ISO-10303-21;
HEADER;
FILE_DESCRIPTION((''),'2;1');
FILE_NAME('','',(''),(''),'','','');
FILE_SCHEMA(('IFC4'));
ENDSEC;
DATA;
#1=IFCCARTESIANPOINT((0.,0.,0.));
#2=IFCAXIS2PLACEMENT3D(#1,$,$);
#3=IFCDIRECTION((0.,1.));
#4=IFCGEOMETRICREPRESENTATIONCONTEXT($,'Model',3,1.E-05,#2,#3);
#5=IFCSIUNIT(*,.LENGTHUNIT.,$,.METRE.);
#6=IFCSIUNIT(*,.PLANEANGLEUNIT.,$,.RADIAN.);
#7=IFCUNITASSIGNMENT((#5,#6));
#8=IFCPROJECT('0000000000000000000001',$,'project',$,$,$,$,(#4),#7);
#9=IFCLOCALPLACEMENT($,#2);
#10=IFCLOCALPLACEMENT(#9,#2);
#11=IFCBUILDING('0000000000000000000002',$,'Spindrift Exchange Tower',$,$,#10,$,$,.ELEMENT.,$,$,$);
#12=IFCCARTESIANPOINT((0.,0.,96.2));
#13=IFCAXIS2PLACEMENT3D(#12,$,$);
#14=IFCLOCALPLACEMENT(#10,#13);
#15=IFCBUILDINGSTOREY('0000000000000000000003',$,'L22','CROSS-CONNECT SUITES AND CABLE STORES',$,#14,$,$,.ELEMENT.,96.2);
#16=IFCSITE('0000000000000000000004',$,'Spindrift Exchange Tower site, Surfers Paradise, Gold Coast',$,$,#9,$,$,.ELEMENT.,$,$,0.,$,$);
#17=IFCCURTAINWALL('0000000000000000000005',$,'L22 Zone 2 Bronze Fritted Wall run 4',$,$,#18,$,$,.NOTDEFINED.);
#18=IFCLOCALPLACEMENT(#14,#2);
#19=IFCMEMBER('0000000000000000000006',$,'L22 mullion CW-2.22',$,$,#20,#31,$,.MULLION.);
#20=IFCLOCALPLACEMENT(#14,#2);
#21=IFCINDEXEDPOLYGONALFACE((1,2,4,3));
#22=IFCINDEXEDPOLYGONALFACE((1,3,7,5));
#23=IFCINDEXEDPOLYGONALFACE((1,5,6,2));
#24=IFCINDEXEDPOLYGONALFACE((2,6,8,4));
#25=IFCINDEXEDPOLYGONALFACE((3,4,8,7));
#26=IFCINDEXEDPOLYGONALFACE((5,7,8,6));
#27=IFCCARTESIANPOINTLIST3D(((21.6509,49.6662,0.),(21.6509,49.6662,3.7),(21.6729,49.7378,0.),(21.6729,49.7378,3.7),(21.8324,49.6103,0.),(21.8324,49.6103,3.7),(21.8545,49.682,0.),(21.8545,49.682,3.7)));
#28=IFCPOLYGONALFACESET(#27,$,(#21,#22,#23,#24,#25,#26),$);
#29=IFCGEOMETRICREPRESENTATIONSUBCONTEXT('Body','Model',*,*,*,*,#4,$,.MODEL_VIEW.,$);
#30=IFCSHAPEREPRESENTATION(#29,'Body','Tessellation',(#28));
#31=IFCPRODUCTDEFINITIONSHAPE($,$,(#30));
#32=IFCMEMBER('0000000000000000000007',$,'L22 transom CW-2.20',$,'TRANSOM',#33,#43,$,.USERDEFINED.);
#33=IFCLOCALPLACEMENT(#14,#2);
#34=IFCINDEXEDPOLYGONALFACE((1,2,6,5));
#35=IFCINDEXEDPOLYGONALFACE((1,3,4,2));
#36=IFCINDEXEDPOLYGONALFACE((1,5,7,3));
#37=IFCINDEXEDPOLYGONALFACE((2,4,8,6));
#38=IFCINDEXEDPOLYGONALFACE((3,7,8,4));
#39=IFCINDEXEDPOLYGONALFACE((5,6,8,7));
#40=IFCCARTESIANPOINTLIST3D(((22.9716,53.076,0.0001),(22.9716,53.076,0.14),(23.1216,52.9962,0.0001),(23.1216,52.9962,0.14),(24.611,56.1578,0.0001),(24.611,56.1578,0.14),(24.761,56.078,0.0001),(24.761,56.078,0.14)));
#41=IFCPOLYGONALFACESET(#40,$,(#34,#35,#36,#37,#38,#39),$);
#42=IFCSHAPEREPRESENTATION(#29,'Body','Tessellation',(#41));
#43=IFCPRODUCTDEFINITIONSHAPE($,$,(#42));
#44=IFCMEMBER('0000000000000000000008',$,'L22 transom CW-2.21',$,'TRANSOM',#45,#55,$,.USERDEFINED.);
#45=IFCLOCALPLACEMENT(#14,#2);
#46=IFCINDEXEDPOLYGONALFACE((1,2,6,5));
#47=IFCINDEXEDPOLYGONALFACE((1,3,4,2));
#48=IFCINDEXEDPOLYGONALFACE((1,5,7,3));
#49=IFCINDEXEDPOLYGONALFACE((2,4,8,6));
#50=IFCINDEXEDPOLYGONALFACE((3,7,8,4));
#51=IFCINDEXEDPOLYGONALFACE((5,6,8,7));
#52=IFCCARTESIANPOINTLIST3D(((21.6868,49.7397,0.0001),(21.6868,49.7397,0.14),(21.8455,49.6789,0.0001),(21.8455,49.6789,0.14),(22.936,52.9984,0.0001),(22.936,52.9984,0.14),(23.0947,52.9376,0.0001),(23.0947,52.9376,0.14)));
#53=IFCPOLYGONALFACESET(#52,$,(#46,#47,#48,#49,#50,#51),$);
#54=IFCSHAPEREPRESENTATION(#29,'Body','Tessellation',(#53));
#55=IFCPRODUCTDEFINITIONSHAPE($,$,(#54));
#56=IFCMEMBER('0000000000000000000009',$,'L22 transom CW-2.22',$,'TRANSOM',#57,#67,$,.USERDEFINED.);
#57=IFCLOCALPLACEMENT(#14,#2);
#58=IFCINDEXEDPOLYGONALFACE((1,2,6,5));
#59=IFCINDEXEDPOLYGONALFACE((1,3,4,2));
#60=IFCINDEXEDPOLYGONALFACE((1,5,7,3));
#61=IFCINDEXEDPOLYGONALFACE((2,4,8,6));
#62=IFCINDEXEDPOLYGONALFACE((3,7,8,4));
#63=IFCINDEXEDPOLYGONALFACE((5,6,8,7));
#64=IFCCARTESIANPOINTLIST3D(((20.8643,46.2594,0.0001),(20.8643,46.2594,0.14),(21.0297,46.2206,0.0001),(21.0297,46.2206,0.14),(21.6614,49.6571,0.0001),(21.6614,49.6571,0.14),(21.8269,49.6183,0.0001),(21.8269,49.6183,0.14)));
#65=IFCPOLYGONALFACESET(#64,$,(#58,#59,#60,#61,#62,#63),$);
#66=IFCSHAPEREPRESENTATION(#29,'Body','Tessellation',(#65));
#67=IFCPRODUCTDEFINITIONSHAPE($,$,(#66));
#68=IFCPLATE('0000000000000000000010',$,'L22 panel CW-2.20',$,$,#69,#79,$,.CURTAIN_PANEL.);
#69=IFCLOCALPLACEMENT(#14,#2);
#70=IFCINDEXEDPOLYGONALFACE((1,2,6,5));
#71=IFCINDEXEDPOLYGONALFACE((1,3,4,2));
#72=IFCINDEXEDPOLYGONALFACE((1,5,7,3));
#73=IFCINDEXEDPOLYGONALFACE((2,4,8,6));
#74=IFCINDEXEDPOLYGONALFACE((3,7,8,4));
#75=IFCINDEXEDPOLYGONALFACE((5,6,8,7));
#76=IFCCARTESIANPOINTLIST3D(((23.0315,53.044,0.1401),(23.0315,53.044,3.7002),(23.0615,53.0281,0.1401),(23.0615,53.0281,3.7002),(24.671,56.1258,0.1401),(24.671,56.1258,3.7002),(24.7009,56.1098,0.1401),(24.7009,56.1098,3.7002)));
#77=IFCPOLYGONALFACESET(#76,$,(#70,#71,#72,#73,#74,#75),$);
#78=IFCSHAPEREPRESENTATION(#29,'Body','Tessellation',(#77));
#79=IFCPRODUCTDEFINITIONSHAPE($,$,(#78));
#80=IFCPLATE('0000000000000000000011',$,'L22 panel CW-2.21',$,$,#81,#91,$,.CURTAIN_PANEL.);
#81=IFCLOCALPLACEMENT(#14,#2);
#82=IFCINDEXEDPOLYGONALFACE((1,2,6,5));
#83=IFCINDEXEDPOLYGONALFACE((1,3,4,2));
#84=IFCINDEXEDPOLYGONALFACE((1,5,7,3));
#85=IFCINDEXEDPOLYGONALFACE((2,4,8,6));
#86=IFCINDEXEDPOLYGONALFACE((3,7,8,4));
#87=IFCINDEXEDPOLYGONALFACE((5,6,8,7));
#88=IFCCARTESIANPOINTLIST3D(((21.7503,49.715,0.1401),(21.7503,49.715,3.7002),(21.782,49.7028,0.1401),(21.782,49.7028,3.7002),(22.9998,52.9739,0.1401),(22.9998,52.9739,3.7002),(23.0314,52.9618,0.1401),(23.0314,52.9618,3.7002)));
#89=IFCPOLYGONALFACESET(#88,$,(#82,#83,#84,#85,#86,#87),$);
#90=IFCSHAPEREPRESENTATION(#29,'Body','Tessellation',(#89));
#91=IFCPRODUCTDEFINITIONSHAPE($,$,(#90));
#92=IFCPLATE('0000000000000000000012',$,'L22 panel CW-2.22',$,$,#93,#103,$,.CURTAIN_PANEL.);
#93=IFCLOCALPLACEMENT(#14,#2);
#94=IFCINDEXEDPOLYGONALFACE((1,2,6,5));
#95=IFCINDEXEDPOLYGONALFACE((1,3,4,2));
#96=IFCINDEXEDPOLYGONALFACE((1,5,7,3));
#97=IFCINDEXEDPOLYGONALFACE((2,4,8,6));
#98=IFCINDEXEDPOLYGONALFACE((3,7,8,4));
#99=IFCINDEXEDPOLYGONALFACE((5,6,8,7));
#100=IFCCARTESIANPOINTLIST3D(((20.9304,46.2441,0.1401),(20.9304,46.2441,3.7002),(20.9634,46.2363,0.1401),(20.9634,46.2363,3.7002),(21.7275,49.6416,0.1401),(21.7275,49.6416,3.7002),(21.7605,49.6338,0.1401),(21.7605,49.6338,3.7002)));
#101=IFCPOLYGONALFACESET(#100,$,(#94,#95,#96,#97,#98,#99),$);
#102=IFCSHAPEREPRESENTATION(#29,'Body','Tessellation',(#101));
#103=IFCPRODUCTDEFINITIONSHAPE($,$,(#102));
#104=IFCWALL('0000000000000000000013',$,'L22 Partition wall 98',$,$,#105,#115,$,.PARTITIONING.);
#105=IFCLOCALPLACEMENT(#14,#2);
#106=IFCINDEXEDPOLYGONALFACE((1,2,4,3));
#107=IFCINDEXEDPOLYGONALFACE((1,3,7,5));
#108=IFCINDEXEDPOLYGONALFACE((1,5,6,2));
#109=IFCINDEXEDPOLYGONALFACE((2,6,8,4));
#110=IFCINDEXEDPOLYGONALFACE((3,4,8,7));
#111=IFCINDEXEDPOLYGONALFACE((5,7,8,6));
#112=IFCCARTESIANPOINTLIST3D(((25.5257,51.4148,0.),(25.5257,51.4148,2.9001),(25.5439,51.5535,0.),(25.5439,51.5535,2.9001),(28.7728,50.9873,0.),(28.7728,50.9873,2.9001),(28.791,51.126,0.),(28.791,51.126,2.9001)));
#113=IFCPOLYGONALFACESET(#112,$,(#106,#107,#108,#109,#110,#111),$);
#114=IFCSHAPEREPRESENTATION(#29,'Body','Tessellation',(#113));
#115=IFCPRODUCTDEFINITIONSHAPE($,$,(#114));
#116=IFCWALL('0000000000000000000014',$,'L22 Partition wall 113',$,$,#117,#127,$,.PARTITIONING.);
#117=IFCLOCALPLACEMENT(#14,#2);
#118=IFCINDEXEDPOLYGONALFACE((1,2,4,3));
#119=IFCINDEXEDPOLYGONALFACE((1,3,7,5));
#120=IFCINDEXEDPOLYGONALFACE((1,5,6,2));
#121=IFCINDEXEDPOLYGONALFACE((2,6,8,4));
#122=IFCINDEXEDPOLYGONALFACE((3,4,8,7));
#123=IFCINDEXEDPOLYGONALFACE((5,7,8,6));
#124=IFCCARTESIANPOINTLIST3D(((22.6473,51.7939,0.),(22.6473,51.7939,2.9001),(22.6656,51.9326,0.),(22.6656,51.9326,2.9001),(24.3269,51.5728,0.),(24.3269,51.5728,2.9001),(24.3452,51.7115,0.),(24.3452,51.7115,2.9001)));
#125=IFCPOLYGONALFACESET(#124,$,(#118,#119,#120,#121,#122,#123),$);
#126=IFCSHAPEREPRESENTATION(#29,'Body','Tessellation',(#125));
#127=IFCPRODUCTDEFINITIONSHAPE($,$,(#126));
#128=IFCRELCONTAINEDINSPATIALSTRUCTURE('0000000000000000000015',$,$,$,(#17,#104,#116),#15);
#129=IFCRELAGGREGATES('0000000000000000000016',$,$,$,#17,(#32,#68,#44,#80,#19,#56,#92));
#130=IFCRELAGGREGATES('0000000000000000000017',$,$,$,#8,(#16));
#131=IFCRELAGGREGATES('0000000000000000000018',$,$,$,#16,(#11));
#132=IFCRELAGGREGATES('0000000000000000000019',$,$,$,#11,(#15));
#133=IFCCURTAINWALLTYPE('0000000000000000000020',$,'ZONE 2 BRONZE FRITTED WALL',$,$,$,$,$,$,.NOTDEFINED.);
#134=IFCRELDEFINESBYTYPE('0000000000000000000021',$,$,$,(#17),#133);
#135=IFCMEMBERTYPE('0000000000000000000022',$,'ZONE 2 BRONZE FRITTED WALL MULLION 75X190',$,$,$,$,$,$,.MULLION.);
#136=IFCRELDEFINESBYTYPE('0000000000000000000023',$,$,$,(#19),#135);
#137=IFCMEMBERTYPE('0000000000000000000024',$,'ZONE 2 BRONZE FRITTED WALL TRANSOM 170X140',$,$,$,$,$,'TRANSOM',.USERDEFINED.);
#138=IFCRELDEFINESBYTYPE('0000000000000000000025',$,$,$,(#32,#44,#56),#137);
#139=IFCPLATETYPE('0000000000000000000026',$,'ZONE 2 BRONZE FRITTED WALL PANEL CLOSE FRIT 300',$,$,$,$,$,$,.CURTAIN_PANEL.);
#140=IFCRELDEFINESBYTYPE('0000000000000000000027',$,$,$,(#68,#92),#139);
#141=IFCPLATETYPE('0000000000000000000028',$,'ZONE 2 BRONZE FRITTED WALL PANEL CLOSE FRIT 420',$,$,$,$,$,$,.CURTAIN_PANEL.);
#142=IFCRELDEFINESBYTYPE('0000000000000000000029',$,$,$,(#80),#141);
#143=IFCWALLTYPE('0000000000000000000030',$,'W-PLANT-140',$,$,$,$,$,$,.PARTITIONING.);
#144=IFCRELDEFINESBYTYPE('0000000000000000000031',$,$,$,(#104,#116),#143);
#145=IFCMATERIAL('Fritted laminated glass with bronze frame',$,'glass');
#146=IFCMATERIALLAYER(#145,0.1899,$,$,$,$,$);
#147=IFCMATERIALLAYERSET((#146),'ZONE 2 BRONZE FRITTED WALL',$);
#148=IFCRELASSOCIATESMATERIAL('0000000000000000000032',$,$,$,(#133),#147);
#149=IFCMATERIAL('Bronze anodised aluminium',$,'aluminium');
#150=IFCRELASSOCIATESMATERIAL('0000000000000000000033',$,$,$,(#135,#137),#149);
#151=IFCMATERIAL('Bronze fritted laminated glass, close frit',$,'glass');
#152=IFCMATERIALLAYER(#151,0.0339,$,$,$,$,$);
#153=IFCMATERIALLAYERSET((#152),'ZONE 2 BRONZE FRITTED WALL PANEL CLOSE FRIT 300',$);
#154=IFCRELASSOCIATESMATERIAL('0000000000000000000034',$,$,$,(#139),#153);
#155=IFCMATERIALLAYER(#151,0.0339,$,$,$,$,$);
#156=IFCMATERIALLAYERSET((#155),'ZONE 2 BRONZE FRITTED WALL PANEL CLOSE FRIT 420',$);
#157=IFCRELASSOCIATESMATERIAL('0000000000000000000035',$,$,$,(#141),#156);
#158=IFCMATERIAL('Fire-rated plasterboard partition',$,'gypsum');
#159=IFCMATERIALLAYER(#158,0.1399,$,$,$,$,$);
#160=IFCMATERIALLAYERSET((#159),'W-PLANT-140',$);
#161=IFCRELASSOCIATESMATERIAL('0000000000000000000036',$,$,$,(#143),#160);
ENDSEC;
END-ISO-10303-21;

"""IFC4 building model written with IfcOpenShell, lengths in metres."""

from ifc_helpers import new_model, si_unit, direction, frame, frame_2d, origin, origin_2d, place, context, subcontext, project, spatial, rectangle, extrude, source, transform, mapped, material, layer, layer_set, material_profile, profile_set, type_object, element, aggregate, save


model = new_model("IFC4")

# Units and contexts
model_context = context("Model", 3, precision=1e-05, world=origin(), true_north=direction((0.0, 1.0)))
body_context = subcontext(model_context, "Body", "Model", "MODEL_VIEW")
ifc_project = project(units=[si_unit("LENGTHUNIT", "METRE"), si_unit("PLANEANGLEUNIT", "RADIAN")], contexts=[model_context])

# Site, building, storey
site_placement = place(None, origin())
site = spatial("IfcSite", under=ifc_project, at=site_placement, Name="Spindrift Exchange Tower site, Surfers Paradise, Gold Coast", CompositionType="ELEMENT", RefElevation=0.0)
building_placement = place(site_placement, origin())
building = spatial("IfcBuilding", under=site, at=building_placement, Name="Spindrift Exchange Tower", CompositionType="ELEMENT")
storey_placement = place(building_placement, frame((0.0, 0.0, 96.2)))
storey = spatial("IfcBuildingStorey", under=building, at=storey_placement, Name="L22", Description="CROSS-CONNECT SUITES AND CABLE STORES", CompositionType="ELEMENT", Elevation=96.2)

# Curtain wall, members, plates
ifc_material_1 = material(Name="Fritted laminated glass with bronze frame", Category="glass")
ifc_layer_1 = layer(ifc_material_1, 0.1899)
ifc_layer_set_1 = layer_set([ifc_layer_1], Name="ZONE 2 BRONZE FRITTED WALL")
curtain_wall_type = type_object("IfcCurtainWallType", Name="ZONE 2 BRONZE FRITTED WALL", PredefinedType="NOTDEFINED", material=ifc_layer_set_1)
curtain_wall_placement = place(storey_placement, origin())
curtain_wall = element("IfcCurtainWall", 1, at=curtain_wall_placement, inside=storey, type_object=curtain_wall_type, Name="L22 Zone 2 Bronze Fritted Wall run 4", PredefinedType="NOTDEFINED")
ifc_material_2 = material(Name="Bronze anodised aluminium", Category="aluminium")
ifc_material_profile_1 = material_profile(ifc_material_2, rectangle(XDim=0.075, YDim=0.1899, at=origin_2d()), Name="ZONE 2 BRONZE FRITTED WALL MULLION 75X190")
ifc_profile_set_1 = profile_set([ifc_material_profile_1], Name="Bronze anodised aluminium")
member_type_1 = type_object("IfcMemberType", Name="ZONE 2 BRONZE FRITTED WALL MULLION 75X190", PredefinedType="MULLION", material=ifc_profile_set_1)
shared_shape_1 = source(origin(), body_context, "Body", "SweptSolid", [
    extrude(rectangle(XDim=0.075, YDim=0.1899, at=origin_2d()), origin(), (0.0, 0.0, 1.0), 3.7),
])
member_1_placement = place(storey_placement, frame((21.7527, 49.6741, 0.0), z_axis=(0.0, 0.0, 1.0), x_axis=(-0.293873, -0.955844, 0.0)))
member_1 = element("IfcMember", 2, at=member_1_placement, type_object=member_type_1, Name="L22 mullion CW-2.22", PredefinedType="MULLION", context=body_context, shape_type="MappedRepresentation", body=[
    mapped(shared_shape_1, transform((0.0, 0.0, 0.0), scale=1.0)),
])
ifc_material_profile_2 = material_profile(ifc_material_2, rectangle(XDim=0.1699, YDim=0.1399, at=origin_2d()), Name="ZONE 2 BRONZE FRITTED WALL TRANSOM 170X140")
ifc_profile_set_2 = profile_set([ifc_material_profile_2], Name="Bronze anodised aluminium")
member_type_2 = type_object("IfcMemberType", Name="ZONE 2 BRONZE FRITTED WALL TRANSOM 170X140", ElementType="TRANSOM", PredefinedType="USERDEFINED", material=ifc_profile_set_2)
shared_shape_2 = source(origin(), body_context, "Body", "SweptSolid", [
    extrude(rectangle(XDim=0.1699, YDim=0.1399, at=origin_2d()), origin(), (0.0, 0.0, 1.0), 3.4907),
])
member_2_placement = place(storey_placement, frame((24.686, 56.1179, 0.0701), z_axis=(-0.469648, -0.882854, 0.0), x_axis=(0.882854, -0.469648, 0.0)))
member_2 = element("IfcMember", 3, at=member_2_placement, type_object=member_type_2, Name="L22 transom CW-2.20", ObjectType="TRANSOM", PredefinedType="USERDEFINED", context=body_context, shape_type="MappedRepresentation", body=[
    mapped(shared_shape_2, transform((0.0, 0.0, 0.0), scale=1.0)),
])
shared_shape_3 = source(origin(), body_context, "Body", "SweptSolid", [
    extrude(rectangle(XDim=0.1699, YDim=0.1399, at=origin_2d()), origin(), (0.0, 0.0, 1.0), 3.49),
])
member_3_placement = place(storey_placement, frame((23.0154, 52.968, 0.0701), z_axis=(-0.357952, -0.93374, 0.0), x_axis=(0.93374, -0.357952, 0.0)))
member_3 = element("IfcMember", 4, at=member_3_placement, type_object=member_type_2, Name="L22 transom CW-2.21", ObjectType="TRANSOM", PredefinedType="USERDEFINED", context=body_context, shape_type="MappedRepresentation", body=[
    mapped(shared_shape_3, transform((0.0, 0.0, 0.0), scale=1.0)),
])
member_4_placement = place(storey_placement, frame((21.7441, 49.6377, 0.0701), z_axis=(-0.228404, -0.973567, 0.0), x_axis=(0.973567, -0.228404, 0.0)))
member_4 = element("IfcMember", 5, at=member_4_placement, type_object=member_type_2, Name="L22 transom CW-2.22", ObjectType="TRANSOM", PredefinedType="USERDEFINED", context=body_context, shape_type="MappedRepresentation", body=[
    mapped(shared_shape_3, transform((0.0, 0.0, 0.0), scale=1.0)),
])
ifc_material_3 = material(Name="Bronze fritted laminated glass, close frit", Category="glass")
ifc_layer_2 = layer(ifc_material_3, 0.0339)
ifc_layer_set_2 = layer_set([ifc_layer_2], Name="ZONE 2 BRONZE FRITTED WALL PANEL CLOSE FRIT 300")
plate_type_1 = type_object("IfcPlateType", Name="ZONE 2 BRONZE FRITTED WALL PANEL CLOSE FRIT 300", PredefinedType="CURTAIN_PANEL", material=ifc_layer_set_2)
shared_shape_4 = source(origin(), body_context, "Body", "SweptSolid", [
    extrude(rectangle(XDim=3.4907, YDim=0.0339, at=origin_2d()), origin(), (0.0, 0.0, 1.0), 3.5601),
])
plate_1_placement = place(storey_placement, frame((23.8662, 54.5769, 0.1401), z_axis=(0.0, 0.0, 1.0), x_axis=(-0.469664, -0.882845, 0.0)))
plate_1 = element("IfcPlate", 6, at=plate_1_placement, type_object=plate_type_1, Name="L22 panel CW-2.20", PredefinedType="CURTAIN_PANEL", context=body_context, shape_type="MappedRepresentation", body=[
    mapped(shared_shape_4, transform((0.0, 0.0, 0.0), scale=1.0)),
])
ifc_layer_3 = layer(ifc_material_3, 0.0339)
ifc_layer_set_3 = layer_set([ifc_layer_3], Name="ZONE 2 BRONZE FRITTED WALL PANEL CLOSE FRIT 420")
plate_type_2 = type_object("IfcPlateType", Name="ZONE 2 BRONZE FRITTED WALL PANEL CLOSE FRIT 420", PredefinedType="CURTAIN_PANEL", material=ifc_layer_set_3)
shared_shape_5 = source(origin(), body_context, "Body", "SweptSolid", [
    extrude(rectangle(XDim=3.4902, YDim=0.0339, at=origin_2d()), origin(), (0.0, 0.0, 1.0), 3.5601),
])
plate_2_placement = place(storey_placement, frame((22.3909, 51.3384, 0.1401), z_axis=(0.0, 0.0, 1.0), x_axis=(-0.35799, -0.933725, 0.0)))
plate_2 = element("IfcPlate", 7, at=plate_2_placement, type_object=plate_type_2, Name="L22 panel CW-2.21", PredefinedType="CURTAIN_PANEL", context=body_context, shape_type="MappedRepresentation", body=[
    mapped(shared_shape_5, transform((0.0, 0.0, 0.0), scale=1.0)),
])
shared_shape_6 = source(origin(), body_context, "Body", "SweptSolid", [
    extrude(rectangle(XDim=3.4897, YDim=0.0339, at=origin_2d()), origin(), (0.0, 0.0, 1.0), 3.5601),
])
plate_3_placement = place(storey_placement, frame((21.3455, 47.939, 0.1401), z_axis=(0.0, 0.0, 1.0), x_axis=(-0.228405, -0.973566, 0.0)))
plate_3 = element("IfcPlate", 8, at=plate_3_placement, type_object=plate_type_1, Name="L22 panel CW-2.22", PredefinedType="CURTAIN_PANEL", context=body_context, shape_type="MappedRepresentation", body=[
    mapped(shared_shape_6, transform((0.0, 0.0, 0.0), scale=1.0)),
])
aggregate(curtain_wall, [member_2, plate_1, member_3, plate_2, member_1, member_4, plate_3])

# Walls
ifc_material_4 = material(Name="Fire-rated plasterboard partition", Category="gypsum")
ifc_layer_4 = layer(ifc_material_4, 0.1399)
ifc_layer_set_4 = layer_set([ifc_layer_4], Name="W-PLANT-140")
wall_type = type_object("IfcWallType", Name="W-PLANT-140", PredefinedType="PARTITIONING", material=ifc_layer_set_4)
wall_1_placement = place(storey_placement, frame((25.5347, 51.4841, 0.0), z_axis=(0.0, 0.0, 1.0), x_axis=(0.991445, -0.130528, 0.0)))
element("IfcWall", 9, at=wall_1_placement, inside=storey, type_object=wall_type, Name="L22 Partition wall 98", PredefinedType="PARTITIONING", context=body_context, shape_type="SweptSolid", body=[
    extrude(rectangle(XDim=3.2751, YDim=0.1399, at=frame_2d((1.6377, 0.0))), origin(), (0.0, 0.0, 1.0), 2.9001),
])
wall_2_placement = place(storey_placement, frame((24.3362, 51.6421, 0.0), z_axis=(0.0, 0.0, 1.0), x_axis=(-0.991441, 0.130559, 0.0)))
element("IfcWall", 10, at=wall_2_placement, inside=storey, type_object=wall_type, Name="L22 Partition wall 113", PredefinedType="PARTITIONING", context=body_context, shape_type="SweptSolid", body=[
    extrude(rectangle(XDim=1.6941, YDim=0.1399, at=frame_2d((0.8472, 0.0))), origin(), (0.0, 0.0, 1.0), 2.9001),
])

save(model, "model.ifc")
